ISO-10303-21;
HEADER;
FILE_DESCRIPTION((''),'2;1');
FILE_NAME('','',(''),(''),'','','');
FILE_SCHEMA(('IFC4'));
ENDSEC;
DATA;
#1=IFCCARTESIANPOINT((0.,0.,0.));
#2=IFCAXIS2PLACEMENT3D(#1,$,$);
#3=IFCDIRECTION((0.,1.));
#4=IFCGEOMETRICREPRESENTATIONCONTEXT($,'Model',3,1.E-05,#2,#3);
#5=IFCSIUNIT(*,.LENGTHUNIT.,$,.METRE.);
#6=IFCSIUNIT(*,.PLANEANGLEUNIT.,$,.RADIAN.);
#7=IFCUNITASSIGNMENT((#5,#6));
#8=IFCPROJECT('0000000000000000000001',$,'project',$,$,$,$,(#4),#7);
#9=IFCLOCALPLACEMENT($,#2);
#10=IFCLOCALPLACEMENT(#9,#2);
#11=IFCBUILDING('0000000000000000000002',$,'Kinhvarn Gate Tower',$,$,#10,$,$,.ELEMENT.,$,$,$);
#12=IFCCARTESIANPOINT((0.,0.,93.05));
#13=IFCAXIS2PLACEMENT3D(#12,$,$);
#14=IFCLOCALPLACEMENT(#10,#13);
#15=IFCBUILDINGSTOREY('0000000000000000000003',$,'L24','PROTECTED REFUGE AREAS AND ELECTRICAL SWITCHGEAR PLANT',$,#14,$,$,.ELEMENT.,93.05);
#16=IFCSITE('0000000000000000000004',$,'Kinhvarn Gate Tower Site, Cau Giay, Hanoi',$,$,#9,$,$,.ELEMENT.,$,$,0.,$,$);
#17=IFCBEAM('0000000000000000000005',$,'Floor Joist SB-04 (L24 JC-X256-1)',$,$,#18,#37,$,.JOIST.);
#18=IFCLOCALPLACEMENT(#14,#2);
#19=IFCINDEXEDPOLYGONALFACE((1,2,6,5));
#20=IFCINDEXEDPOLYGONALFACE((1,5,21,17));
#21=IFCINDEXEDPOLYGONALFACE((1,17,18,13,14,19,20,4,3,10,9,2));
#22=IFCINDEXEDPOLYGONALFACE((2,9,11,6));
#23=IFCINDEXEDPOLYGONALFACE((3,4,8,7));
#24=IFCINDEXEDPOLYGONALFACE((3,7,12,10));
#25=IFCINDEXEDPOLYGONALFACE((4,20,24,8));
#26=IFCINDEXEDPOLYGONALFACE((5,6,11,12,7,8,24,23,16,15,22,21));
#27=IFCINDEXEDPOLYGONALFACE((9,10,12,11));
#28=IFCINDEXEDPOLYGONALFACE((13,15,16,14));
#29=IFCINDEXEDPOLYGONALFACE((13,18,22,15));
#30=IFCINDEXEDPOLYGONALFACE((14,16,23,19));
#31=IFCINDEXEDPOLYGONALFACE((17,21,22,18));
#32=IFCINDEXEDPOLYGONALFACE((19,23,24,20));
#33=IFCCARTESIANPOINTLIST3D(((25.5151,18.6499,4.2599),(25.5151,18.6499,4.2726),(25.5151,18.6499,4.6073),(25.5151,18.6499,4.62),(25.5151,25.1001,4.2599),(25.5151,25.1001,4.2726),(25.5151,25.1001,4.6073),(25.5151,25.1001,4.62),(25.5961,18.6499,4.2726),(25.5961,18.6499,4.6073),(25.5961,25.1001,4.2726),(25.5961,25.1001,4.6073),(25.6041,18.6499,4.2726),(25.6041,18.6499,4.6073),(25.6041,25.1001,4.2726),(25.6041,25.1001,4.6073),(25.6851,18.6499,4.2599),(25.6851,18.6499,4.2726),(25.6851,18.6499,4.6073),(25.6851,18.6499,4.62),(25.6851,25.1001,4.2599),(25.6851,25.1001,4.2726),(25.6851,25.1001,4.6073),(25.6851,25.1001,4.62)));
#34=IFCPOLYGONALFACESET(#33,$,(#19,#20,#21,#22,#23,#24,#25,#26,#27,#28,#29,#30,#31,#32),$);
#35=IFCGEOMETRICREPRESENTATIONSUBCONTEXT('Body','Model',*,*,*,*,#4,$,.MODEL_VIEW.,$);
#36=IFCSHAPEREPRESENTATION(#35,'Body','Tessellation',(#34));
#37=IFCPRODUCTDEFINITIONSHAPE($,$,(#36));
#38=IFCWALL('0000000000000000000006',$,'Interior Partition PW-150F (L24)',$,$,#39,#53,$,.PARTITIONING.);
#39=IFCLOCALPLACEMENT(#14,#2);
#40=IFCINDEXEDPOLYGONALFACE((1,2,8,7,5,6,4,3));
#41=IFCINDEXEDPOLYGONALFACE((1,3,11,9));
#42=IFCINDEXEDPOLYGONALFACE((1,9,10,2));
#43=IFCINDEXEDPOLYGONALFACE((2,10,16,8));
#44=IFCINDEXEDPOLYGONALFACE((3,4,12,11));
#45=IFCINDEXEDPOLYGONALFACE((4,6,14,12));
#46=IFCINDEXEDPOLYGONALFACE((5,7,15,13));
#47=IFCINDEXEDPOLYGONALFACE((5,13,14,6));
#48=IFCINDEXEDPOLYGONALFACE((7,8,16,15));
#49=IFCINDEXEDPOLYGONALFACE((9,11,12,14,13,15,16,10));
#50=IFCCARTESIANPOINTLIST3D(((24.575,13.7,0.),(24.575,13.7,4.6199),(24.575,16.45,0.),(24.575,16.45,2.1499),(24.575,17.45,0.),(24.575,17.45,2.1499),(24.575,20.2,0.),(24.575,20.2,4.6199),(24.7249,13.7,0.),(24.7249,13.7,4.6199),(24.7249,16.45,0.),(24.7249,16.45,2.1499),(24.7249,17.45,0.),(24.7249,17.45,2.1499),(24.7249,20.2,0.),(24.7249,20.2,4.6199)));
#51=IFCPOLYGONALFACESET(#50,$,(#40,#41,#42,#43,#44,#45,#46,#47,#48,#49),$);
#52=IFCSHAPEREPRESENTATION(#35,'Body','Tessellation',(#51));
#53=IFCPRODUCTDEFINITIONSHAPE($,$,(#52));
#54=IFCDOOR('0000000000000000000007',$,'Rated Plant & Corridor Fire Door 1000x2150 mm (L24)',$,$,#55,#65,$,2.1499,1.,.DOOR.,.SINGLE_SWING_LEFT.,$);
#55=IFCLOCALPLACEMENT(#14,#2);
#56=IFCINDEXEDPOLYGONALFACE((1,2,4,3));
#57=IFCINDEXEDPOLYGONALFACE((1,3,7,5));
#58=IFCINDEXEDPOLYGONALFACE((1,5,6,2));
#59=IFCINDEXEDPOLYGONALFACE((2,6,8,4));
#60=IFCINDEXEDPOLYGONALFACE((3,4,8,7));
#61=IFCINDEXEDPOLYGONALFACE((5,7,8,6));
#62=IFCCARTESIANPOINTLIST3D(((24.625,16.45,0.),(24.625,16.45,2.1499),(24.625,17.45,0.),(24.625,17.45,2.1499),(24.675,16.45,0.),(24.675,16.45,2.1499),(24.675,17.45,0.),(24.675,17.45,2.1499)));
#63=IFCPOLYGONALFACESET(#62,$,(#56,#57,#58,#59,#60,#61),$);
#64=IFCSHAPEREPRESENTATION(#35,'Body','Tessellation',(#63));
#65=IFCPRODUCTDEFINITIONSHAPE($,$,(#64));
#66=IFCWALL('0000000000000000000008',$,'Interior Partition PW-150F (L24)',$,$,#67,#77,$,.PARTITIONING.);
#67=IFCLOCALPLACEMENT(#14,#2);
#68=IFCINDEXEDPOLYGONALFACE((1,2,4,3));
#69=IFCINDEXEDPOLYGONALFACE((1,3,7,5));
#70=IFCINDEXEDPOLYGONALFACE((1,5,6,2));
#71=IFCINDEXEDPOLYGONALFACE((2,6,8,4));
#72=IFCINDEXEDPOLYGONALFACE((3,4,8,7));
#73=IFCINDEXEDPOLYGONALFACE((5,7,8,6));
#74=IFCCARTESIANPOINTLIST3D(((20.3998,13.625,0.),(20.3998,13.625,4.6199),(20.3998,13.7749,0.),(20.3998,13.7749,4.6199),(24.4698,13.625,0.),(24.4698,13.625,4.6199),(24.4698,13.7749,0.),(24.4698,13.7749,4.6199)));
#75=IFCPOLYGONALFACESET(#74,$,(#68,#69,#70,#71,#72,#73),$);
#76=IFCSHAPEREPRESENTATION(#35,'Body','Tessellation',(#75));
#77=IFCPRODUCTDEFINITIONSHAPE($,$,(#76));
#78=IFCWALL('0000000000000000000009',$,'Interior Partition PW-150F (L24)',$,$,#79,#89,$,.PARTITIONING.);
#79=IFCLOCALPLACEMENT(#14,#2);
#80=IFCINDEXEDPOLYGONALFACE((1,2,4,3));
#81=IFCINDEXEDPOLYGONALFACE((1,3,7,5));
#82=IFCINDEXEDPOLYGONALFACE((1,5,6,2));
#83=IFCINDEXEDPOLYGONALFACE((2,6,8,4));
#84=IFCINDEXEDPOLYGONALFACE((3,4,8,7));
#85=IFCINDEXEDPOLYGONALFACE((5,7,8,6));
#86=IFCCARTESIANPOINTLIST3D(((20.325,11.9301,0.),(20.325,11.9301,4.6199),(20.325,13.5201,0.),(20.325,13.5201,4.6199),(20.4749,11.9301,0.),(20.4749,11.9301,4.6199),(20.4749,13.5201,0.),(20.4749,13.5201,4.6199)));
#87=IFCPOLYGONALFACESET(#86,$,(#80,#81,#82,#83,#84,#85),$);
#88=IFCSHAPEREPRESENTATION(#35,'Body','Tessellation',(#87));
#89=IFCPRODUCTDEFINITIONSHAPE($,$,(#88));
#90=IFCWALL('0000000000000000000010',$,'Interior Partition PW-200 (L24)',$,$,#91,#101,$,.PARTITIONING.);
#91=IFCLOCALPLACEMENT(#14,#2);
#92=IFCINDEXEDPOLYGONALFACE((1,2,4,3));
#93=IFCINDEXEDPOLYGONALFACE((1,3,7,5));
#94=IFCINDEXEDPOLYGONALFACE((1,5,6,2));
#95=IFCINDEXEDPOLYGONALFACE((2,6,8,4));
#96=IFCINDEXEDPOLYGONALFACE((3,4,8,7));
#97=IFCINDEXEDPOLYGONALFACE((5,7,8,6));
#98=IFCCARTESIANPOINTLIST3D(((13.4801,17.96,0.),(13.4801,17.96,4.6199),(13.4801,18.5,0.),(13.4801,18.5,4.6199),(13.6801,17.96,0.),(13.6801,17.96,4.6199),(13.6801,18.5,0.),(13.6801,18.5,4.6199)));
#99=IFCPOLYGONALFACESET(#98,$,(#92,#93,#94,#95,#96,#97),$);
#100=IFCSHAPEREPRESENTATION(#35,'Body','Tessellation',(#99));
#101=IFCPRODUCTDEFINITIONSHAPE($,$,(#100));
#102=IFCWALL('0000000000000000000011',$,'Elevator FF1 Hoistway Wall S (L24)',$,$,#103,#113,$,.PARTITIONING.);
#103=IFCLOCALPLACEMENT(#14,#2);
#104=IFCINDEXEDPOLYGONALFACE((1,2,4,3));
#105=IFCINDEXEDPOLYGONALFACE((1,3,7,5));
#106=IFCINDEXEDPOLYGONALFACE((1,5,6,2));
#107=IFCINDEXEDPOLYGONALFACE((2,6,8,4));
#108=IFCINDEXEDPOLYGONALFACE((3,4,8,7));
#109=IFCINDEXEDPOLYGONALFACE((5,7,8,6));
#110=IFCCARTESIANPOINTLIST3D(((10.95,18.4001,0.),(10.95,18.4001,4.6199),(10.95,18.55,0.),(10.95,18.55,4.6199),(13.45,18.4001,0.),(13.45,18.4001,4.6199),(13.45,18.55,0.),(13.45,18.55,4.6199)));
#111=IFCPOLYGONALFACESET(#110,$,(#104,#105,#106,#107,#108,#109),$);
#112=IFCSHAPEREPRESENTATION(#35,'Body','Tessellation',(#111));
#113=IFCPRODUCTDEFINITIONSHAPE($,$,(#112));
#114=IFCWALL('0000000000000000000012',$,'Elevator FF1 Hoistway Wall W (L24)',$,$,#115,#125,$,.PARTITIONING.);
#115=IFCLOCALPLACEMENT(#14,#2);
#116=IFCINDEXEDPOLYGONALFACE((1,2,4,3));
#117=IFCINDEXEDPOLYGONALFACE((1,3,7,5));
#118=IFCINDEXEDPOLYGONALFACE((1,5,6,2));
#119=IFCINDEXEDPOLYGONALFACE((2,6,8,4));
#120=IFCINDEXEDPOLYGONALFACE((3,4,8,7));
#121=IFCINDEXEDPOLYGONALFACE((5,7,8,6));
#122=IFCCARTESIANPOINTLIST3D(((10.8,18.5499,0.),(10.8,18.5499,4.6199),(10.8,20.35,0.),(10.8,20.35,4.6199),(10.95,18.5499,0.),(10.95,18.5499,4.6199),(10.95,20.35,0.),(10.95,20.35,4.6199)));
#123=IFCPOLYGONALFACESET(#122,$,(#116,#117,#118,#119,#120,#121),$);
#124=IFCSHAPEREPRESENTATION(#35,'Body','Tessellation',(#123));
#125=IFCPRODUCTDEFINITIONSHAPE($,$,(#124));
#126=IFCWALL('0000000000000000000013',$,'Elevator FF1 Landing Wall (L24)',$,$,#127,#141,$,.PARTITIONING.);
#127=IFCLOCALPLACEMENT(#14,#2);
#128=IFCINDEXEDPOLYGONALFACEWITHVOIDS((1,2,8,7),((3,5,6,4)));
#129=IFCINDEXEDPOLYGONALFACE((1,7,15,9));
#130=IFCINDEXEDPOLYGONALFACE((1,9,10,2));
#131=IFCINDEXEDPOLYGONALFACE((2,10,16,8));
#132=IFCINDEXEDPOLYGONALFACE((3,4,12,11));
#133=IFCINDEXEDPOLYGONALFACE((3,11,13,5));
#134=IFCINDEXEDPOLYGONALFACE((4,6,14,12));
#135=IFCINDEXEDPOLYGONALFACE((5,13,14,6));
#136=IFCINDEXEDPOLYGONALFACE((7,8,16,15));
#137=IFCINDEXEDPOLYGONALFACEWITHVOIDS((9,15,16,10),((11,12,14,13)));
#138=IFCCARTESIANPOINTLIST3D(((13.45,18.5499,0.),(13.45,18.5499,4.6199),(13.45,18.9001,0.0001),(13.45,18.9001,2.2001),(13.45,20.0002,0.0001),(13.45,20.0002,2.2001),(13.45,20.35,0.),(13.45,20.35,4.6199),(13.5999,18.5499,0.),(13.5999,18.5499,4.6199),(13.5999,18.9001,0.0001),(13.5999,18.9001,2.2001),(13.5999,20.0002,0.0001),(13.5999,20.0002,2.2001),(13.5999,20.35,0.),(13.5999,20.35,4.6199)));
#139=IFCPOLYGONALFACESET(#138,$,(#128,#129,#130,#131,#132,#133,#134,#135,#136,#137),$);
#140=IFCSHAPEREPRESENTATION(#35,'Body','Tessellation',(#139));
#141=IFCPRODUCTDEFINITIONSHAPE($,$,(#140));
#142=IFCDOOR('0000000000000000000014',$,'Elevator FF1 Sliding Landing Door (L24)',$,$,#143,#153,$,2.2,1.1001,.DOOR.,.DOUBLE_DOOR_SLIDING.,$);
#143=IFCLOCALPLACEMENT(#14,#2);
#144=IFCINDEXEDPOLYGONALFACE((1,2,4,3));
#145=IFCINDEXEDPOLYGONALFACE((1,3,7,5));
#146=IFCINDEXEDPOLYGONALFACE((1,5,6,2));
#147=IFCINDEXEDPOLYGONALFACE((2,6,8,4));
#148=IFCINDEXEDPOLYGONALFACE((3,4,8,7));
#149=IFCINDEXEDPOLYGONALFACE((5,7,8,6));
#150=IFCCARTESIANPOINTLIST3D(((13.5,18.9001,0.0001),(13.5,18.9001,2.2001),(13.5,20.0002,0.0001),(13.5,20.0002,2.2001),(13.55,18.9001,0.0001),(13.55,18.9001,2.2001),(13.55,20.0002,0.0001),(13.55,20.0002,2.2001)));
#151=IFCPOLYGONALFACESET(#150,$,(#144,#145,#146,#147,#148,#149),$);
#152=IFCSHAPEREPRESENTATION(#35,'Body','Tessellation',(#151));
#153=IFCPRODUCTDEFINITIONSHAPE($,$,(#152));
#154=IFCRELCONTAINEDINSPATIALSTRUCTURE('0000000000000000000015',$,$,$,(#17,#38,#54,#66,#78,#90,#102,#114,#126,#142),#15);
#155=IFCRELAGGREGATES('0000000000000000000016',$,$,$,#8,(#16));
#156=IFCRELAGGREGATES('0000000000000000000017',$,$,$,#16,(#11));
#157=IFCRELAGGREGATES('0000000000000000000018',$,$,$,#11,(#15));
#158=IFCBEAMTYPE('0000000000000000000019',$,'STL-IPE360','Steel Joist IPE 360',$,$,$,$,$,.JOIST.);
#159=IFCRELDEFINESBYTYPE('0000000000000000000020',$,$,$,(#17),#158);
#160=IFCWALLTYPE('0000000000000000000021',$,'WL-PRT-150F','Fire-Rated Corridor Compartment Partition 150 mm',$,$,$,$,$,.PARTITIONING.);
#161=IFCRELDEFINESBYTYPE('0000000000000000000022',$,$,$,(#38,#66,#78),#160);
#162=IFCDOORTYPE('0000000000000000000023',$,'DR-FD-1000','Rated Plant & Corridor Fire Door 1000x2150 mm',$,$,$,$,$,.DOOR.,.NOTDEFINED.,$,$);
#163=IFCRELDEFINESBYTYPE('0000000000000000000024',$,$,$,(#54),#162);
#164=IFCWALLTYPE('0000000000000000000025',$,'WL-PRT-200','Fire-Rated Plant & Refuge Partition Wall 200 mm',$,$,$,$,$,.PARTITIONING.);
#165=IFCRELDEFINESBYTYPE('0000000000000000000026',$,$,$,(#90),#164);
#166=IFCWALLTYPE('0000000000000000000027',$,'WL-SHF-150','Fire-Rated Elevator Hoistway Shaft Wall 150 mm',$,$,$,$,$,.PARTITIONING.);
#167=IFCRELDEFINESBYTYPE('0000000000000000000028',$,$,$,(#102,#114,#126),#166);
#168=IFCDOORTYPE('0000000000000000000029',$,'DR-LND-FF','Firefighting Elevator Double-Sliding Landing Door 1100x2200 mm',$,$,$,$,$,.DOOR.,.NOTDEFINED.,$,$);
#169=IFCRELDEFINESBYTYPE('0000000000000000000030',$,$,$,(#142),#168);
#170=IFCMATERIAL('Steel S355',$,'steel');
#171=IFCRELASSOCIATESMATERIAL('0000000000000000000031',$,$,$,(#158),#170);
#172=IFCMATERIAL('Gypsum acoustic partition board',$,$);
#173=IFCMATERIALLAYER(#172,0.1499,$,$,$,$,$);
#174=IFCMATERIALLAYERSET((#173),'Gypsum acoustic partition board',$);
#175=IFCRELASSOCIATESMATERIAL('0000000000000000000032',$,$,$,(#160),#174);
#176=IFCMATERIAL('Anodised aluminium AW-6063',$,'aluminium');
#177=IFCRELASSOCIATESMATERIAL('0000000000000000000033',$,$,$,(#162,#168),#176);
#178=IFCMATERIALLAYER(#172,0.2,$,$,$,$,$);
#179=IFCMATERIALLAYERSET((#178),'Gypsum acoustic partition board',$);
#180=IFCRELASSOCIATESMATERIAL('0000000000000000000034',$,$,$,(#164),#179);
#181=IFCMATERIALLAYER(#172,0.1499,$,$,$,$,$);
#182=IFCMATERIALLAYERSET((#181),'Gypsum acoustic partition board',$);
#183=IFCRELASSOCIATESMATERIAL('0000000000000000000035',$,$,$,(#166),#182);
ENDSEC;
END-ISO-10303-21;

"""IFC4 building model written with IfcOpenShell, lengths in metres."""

from ifc_helpers import new_model, si_unit, direction, frame, frame_2d, origin, origin_2d, place, context, subcontext, project, spatial, rectangle, i_section, extrude, material, layer, layer_set, material_profile, profile_set, type_object, element, fill, save


model = new_model("IFC4")

# Units and contexts
model_context = context("Model", 3, precision=1e-05, world=origin(), true_north=direction((0.0, 1.0)))
body_context = subcontext(model_context, "Body", "Model", "MODEL_VIEW")
ifc_project = project(units=[si_unit("LENGTHUNIT", "METRE"), si_unit("PLANEANGLEUNIT", "RADIAN")], contexts=[model_context])

# Site, building, storey
site_placement = place(None, origin())
site = spatial("IfcSite", under=ifc_project, at=site_placement, Name="Kinhvarn Gate Tower Site, Cau Giay, Hanoi", CompositionType="ELEMENT", RefElevation=0.0)
building_placement = place(site_placement, origin())
building = spatial("IfcBuilding", under=site, at=building_placement, Name="Kinhvarn Gate Tower", CompositionType="ELEMENT")
storey_placement = place(building_placement, frame((0.0, 0.0, 93.05)))
storey = spatial("IfcBuildingStorey", under=building, at=storey_placement, Name="L24", Description="PROTECTED REFUGE AREAS AND ELECTRICAL SWITCHGEAR PLANT", CompositionType="ELEMENT", Elevation=93.05)

# Shared definitions
ifc_material_1 = material(Name="Steel S355", Category="steel")

# Beam
ifc_material_profile_1 = material_profile(ifc_material_1, i_section(OverallWidth=0.1699, OverallDepth=0.3601, WebThickness=0.0081, FlangeThickness=0.0127, at=origin_2d()), Name="IPE 360")
ifc_profile_set_1 = profile_set([ifc_material_profile_1], Name="Steel S355")
beam_type_1 = type_object("IfcBeamType", Name="STL-IPE360", Description="Steel Joist IPE 360", PredefinedType="JOIST", material=ifc_profile_set_1)
beam_1_placement = place(storey_placement, frame((25.6001, 18.6499, 4.4399), z_axis=(0.0, 1.0, 0.0), x_axis=(-1.0, 0.0, 0.0)))
element("IfcBeam", 1, at=beam_1_placement, inside=storey, type_object=beam_type_1, Name="Floor Joist SB-04 (L24 JC-X256-1)", PredefinedType="JOIST", context=body_context, shape_type="SweptSolid", body=[
    extrude(i_section(OverallWidth=0.1699, OverallDepth=0.3601, WebThickness=0.0081, FlangeThickness=0.0127, at=origin_2d()), origin(), (0.0, 0.0, 1.0), 6.4502),
])

# Wall, opening, door
ifc_material_2 = material(Name="Anodised aluminium AW-6063", Category="aluminium")
ifc_material_3 = material(Name="Gypsum acoustic partition board")
ifc_layer_1 = layer(ifc_material_3, 0.1499)
ifc_layer_set_1 = layer_set([ifc_layer_1], Name="Gypsum acoustic partition board")
wall_type_1 = type_object("IfcWallType", Name="WL-PRT-150F", Description="Fire-Rated Corridor Compartment Partition 150 mm", PredefinedType="PARTITIONING", material=ifc_layer_set_1)
wall_1_placement = place(storey_placement, frame((24.6499, 13.7, 0.0), z_axis=(0.0, 0.0, 1.0), x_axis=(0.0, 1.0, 0.0)))
wall_1 = element("IfcWall", 2, at=wall_1_placement, inside=storey, type_object=wall_type_1, Name="Interior Partition PW-150F (L24)", PredefinedType="PARTITIONING", context=body_context, shape_type="SweptSolid", body=[
    extrude(rectangle(XDim=6.5, YDim=0.1499, at=frame_2d((3.25, 0.0))), origin(), (0.0, 0.0, 1.0), 4.6199),
])
opening_1_placement = place(wall_1_placement, frame((2.75, 0.0, 0.0)))
opening_1 = element("IfcOpeningElement", 3, at=opening_1_placement, cuts=wall_1, PredefinedType="OPENING", context=body_context, shape_type="SweptSolid", body=[
    extrude(rectangle(XDim=1.0, YDim=2.1499, at=frame_2d((0.5, 1.075))), frame((0.0, 0.085, 0.0), z_axis=(0.0, -1.0, 0.0), x_axis=(1.0, 0.0, 0.0)), (0.0, 0.0, 1.0), 0.1699),
])
door_type_1 = type_object("IfcDoorType", Name="DR-FD-1000", Description="Rated Plant & Corridor Fire Door 1000x2150 mm", OperationType="NOTDEFINED", PredefinedType="DOOR", material=ifc_material_2)
door_1_placement = place(opening_1_placement, origin())
door_1 = element("IfcDoor", 4, at=door_1_placement, inside=storey, type_object=door_type_1, Name="Rated Plant & Corridor Fire Door 1000x2150 mm (L24)", OperationType="SINGLE_SWING_LEFT", OverallHeight=2.1499, OverallWidth=1.0, PredefinedType="DOOR", context=body_context, shape_type="SweptSolid", body=[
    extrude(rectangle(XDim=1.0, YDim=2.1499, at=frame_2d((0.5, 1.075))), frame((0.0, 0.0249, 0.0), z_axis=(0.0, -1.0, 0.0), x_axis=(1.0, 0.0, 0.0)), (0.0, 0.0, 1.0), 0.05),
])
fill(opening_1, door_1)

# Walls
wall_2_placement = place(storey_placement, frame((24.47, 13.7, 0.0), z_axis=(0.0, 0.0, 1.0), x_axis=(-1.0, 0.0, 0.0)))
element("IfcWall", 5, at=wall_2_placement, inside=storey, type_object=wall_type_1, Name="Interior Partition PW-150F (L24)", PredefinedType="PARTITIONING", context=body_context, shape_type="SweptSolid", body=[
    extrude(rectangle(XDim=4.0701, YDim=0.1499, at=frame_2d((2.0352, 0.0))), origin(), (0.0, 0.0, 1.0), 4.6199),
])
wall_3_placement = place(storey_placement, frame((20.3999, 13.52, 0.0), z_axis=(0.0, 0.0, 1.0), x_axis=(0.0, -1.0, 0.0)))
element("IfcWall", 6, at=wall_3_placement, inside=storey, type_object=wall_type_1, Name="Interior Partition PW-150F (L24)", PredefinedType="PARTITIONING", context=body_context, shape_type="SweptSolid", body=[
    extrude(rectangle(XDim=1.5901, YDim=0.1499, at=frame_2d((0.7949, 0.0))), origin(), (0.0, 0.0, 1.0), 4.6199),
])
ifc_layer_2 = layer(ifc_material_3, 0.2)
ifc_layer_set_2 = layer_set([ifc_layer_2], Name="Gypsum acoustic partition board")
wall_type_2 = type_object("IfcWallType", Name="WL-PRT-200", Description="Fire-Rated Plant & Refuge Partition Wall 200 mm", PredefinedType="PARTITIONING", material=ifc_layer_set_2)
wall_4_placement = place(storey_placement, frame((13.5801, 17.96, 0.0), z_axis=(0.0, 0.0, 1.0), x_axis=(0.0, 1.0, 0.0)))
element("IfcWall", 7, at=wall_4_placement, inside=storey, type_object=wall_type_2, Name="Interior Partition PW-200 (L24)", PredefinedType="PARTITIONING", context=body_context, shape_type="SweptSolid", body=[
    extrude(rectangle(XDim=0.54, YDim=0.2, at=frame_2d((0.27, 0.0))), origin(), (0.0, 0.0, 1.0), 4.6199),
])
ifc_layer_3 = layer(ifc_material_3, 0.1499)
ifc_layer_set_3 = layer_set([ifc_layer_3], Name="Gypsum acoustic partition board")
wall_type_3 = type_object("IfcWallType", Name="WL-SHF-150", Description="Fire-Rated Elevator Hoistway Shaft Wall 150 mm", PredefinedType="PARTITIONING", material=ifc_layer_set_3)
wall_5_placement = place(storey_placement, frame((10.95, 18.4751, 0.0), z_axis=(0.0, 0.0, 1.0), x_axis=(1.0, 0.0, 0.0)))
element("IfcWall", 8, at=wall_5_placement, inside=storey, type_object=wall_type_3, Name="Elevator FF1 Hoistway Wall S (L24)", PredefinedType="PARTITIONING", context=body_context, shape_type="SweptSolid", body=[
    extrude(rectangle(XDim=2.5, YDim=0.1499, at=frame_2d((1.25, 0.0))), origin(), (0.0, 0.0, 1.0), 4.6199),
])
wall_6_placement = place(storey_placement, frame((10.875, 18.55, 0.0), z_axis=(0.0, 0.0, 1.0), x_axis=(0.0, 1.0, 0.0)))
element("IfcWall", 9, at=wall_6_placement, inside=storey, type_object=wall_type_3, Name="Elevator FF1 Hoistway Wall W (L24)", PredefinedType="PARTITIONING", context=body_context, shape_type="SweptSolid", body=[
    extrude(rectangle(XDim=1.8, YDim=0.1499, at=frame_2d((0.8999, 0.0))), origin(), (0.0, 0.0, 1.0), 4.6199),
])

# Wall, opening, door
wall_7_placement = place(storey_placement, frame((13.5249, 18.55, 0.0), z_axis=(0.0, 0.0, 1.0), x_axis=(0.0, 1.0, 0.0)))
wall_7 = element("IfcWall", 10, at=wall_7_placement, inside=storey, type_object=wall_type_3, Name="Elevator FF1 Landing Wall (L24)", PredefinedType="PARTITIONING", context=body_context, shape_type="SweptSolid", body=[
    extrude(rectangle(XDim=1.8, YDim=0.1499, at=frame_2d((0.8999, 0.0))), origin(), (0.0, 0.0, 1.0), 4.6199),
])
opening_2_placement = place(wall_7_placement, frame((0.3501, 0.0, 0.0)))
opening_2 = element("IfcOpeningElement", 11, at=opening_2_placement, cuts=wall_7, PredefinedType="OPENING", context=body_context, shape_type="SweptSolid", body=[
    extrude(rectangle(XDim=1.1001, YDim=2.2, at=frame_2d((0.55, 1.1001))), frame((0.0, 0.085, 0.0), z_axis=(0.0, -1.0, 0.0), x_axis=(1.0, 0.0, 0.0)), (0.0, 0.0, 1.0), 0.1699),
])
door_type_2 = type_object("IfcDoorType", Name="DR-LND-FF", Description="Firefighting Elevator Double-Sliding Landing Door 1100x2200 mm", OperationType="NOTDEFINED", PredefinedType="DOOR", material=ifc_material_2)
door_2_placement = place(opening_2_placement, origin())
door_2 = element("IfcDoor", 12, at=door_2_placement, inside=storey, type_object=door_type_2, Name="Elevator FF1 Sliding Landing Door (L24)", OperationType="DOUBLE_DOOR_SLIDING", OverallHeight=2.2, OverallWidth=1.1001, PredefinedType="DOOR", context=body_context, shape_type="SweptSolid", body=[
    extrude(rectangle(XDim=1.1001, YDim=2.2, at=frame_2d((0.55, 1.1001))), frame((0.0, 0.0249, 0.0), z_axis=(0.0, -1.0, 0.0), x_axis=(1.0, 0.0, 0.0)), (0.0, 0.0, 1.0), 0.05),
])
fill(opening_2, door_2)

save(model, "model.ifc")
